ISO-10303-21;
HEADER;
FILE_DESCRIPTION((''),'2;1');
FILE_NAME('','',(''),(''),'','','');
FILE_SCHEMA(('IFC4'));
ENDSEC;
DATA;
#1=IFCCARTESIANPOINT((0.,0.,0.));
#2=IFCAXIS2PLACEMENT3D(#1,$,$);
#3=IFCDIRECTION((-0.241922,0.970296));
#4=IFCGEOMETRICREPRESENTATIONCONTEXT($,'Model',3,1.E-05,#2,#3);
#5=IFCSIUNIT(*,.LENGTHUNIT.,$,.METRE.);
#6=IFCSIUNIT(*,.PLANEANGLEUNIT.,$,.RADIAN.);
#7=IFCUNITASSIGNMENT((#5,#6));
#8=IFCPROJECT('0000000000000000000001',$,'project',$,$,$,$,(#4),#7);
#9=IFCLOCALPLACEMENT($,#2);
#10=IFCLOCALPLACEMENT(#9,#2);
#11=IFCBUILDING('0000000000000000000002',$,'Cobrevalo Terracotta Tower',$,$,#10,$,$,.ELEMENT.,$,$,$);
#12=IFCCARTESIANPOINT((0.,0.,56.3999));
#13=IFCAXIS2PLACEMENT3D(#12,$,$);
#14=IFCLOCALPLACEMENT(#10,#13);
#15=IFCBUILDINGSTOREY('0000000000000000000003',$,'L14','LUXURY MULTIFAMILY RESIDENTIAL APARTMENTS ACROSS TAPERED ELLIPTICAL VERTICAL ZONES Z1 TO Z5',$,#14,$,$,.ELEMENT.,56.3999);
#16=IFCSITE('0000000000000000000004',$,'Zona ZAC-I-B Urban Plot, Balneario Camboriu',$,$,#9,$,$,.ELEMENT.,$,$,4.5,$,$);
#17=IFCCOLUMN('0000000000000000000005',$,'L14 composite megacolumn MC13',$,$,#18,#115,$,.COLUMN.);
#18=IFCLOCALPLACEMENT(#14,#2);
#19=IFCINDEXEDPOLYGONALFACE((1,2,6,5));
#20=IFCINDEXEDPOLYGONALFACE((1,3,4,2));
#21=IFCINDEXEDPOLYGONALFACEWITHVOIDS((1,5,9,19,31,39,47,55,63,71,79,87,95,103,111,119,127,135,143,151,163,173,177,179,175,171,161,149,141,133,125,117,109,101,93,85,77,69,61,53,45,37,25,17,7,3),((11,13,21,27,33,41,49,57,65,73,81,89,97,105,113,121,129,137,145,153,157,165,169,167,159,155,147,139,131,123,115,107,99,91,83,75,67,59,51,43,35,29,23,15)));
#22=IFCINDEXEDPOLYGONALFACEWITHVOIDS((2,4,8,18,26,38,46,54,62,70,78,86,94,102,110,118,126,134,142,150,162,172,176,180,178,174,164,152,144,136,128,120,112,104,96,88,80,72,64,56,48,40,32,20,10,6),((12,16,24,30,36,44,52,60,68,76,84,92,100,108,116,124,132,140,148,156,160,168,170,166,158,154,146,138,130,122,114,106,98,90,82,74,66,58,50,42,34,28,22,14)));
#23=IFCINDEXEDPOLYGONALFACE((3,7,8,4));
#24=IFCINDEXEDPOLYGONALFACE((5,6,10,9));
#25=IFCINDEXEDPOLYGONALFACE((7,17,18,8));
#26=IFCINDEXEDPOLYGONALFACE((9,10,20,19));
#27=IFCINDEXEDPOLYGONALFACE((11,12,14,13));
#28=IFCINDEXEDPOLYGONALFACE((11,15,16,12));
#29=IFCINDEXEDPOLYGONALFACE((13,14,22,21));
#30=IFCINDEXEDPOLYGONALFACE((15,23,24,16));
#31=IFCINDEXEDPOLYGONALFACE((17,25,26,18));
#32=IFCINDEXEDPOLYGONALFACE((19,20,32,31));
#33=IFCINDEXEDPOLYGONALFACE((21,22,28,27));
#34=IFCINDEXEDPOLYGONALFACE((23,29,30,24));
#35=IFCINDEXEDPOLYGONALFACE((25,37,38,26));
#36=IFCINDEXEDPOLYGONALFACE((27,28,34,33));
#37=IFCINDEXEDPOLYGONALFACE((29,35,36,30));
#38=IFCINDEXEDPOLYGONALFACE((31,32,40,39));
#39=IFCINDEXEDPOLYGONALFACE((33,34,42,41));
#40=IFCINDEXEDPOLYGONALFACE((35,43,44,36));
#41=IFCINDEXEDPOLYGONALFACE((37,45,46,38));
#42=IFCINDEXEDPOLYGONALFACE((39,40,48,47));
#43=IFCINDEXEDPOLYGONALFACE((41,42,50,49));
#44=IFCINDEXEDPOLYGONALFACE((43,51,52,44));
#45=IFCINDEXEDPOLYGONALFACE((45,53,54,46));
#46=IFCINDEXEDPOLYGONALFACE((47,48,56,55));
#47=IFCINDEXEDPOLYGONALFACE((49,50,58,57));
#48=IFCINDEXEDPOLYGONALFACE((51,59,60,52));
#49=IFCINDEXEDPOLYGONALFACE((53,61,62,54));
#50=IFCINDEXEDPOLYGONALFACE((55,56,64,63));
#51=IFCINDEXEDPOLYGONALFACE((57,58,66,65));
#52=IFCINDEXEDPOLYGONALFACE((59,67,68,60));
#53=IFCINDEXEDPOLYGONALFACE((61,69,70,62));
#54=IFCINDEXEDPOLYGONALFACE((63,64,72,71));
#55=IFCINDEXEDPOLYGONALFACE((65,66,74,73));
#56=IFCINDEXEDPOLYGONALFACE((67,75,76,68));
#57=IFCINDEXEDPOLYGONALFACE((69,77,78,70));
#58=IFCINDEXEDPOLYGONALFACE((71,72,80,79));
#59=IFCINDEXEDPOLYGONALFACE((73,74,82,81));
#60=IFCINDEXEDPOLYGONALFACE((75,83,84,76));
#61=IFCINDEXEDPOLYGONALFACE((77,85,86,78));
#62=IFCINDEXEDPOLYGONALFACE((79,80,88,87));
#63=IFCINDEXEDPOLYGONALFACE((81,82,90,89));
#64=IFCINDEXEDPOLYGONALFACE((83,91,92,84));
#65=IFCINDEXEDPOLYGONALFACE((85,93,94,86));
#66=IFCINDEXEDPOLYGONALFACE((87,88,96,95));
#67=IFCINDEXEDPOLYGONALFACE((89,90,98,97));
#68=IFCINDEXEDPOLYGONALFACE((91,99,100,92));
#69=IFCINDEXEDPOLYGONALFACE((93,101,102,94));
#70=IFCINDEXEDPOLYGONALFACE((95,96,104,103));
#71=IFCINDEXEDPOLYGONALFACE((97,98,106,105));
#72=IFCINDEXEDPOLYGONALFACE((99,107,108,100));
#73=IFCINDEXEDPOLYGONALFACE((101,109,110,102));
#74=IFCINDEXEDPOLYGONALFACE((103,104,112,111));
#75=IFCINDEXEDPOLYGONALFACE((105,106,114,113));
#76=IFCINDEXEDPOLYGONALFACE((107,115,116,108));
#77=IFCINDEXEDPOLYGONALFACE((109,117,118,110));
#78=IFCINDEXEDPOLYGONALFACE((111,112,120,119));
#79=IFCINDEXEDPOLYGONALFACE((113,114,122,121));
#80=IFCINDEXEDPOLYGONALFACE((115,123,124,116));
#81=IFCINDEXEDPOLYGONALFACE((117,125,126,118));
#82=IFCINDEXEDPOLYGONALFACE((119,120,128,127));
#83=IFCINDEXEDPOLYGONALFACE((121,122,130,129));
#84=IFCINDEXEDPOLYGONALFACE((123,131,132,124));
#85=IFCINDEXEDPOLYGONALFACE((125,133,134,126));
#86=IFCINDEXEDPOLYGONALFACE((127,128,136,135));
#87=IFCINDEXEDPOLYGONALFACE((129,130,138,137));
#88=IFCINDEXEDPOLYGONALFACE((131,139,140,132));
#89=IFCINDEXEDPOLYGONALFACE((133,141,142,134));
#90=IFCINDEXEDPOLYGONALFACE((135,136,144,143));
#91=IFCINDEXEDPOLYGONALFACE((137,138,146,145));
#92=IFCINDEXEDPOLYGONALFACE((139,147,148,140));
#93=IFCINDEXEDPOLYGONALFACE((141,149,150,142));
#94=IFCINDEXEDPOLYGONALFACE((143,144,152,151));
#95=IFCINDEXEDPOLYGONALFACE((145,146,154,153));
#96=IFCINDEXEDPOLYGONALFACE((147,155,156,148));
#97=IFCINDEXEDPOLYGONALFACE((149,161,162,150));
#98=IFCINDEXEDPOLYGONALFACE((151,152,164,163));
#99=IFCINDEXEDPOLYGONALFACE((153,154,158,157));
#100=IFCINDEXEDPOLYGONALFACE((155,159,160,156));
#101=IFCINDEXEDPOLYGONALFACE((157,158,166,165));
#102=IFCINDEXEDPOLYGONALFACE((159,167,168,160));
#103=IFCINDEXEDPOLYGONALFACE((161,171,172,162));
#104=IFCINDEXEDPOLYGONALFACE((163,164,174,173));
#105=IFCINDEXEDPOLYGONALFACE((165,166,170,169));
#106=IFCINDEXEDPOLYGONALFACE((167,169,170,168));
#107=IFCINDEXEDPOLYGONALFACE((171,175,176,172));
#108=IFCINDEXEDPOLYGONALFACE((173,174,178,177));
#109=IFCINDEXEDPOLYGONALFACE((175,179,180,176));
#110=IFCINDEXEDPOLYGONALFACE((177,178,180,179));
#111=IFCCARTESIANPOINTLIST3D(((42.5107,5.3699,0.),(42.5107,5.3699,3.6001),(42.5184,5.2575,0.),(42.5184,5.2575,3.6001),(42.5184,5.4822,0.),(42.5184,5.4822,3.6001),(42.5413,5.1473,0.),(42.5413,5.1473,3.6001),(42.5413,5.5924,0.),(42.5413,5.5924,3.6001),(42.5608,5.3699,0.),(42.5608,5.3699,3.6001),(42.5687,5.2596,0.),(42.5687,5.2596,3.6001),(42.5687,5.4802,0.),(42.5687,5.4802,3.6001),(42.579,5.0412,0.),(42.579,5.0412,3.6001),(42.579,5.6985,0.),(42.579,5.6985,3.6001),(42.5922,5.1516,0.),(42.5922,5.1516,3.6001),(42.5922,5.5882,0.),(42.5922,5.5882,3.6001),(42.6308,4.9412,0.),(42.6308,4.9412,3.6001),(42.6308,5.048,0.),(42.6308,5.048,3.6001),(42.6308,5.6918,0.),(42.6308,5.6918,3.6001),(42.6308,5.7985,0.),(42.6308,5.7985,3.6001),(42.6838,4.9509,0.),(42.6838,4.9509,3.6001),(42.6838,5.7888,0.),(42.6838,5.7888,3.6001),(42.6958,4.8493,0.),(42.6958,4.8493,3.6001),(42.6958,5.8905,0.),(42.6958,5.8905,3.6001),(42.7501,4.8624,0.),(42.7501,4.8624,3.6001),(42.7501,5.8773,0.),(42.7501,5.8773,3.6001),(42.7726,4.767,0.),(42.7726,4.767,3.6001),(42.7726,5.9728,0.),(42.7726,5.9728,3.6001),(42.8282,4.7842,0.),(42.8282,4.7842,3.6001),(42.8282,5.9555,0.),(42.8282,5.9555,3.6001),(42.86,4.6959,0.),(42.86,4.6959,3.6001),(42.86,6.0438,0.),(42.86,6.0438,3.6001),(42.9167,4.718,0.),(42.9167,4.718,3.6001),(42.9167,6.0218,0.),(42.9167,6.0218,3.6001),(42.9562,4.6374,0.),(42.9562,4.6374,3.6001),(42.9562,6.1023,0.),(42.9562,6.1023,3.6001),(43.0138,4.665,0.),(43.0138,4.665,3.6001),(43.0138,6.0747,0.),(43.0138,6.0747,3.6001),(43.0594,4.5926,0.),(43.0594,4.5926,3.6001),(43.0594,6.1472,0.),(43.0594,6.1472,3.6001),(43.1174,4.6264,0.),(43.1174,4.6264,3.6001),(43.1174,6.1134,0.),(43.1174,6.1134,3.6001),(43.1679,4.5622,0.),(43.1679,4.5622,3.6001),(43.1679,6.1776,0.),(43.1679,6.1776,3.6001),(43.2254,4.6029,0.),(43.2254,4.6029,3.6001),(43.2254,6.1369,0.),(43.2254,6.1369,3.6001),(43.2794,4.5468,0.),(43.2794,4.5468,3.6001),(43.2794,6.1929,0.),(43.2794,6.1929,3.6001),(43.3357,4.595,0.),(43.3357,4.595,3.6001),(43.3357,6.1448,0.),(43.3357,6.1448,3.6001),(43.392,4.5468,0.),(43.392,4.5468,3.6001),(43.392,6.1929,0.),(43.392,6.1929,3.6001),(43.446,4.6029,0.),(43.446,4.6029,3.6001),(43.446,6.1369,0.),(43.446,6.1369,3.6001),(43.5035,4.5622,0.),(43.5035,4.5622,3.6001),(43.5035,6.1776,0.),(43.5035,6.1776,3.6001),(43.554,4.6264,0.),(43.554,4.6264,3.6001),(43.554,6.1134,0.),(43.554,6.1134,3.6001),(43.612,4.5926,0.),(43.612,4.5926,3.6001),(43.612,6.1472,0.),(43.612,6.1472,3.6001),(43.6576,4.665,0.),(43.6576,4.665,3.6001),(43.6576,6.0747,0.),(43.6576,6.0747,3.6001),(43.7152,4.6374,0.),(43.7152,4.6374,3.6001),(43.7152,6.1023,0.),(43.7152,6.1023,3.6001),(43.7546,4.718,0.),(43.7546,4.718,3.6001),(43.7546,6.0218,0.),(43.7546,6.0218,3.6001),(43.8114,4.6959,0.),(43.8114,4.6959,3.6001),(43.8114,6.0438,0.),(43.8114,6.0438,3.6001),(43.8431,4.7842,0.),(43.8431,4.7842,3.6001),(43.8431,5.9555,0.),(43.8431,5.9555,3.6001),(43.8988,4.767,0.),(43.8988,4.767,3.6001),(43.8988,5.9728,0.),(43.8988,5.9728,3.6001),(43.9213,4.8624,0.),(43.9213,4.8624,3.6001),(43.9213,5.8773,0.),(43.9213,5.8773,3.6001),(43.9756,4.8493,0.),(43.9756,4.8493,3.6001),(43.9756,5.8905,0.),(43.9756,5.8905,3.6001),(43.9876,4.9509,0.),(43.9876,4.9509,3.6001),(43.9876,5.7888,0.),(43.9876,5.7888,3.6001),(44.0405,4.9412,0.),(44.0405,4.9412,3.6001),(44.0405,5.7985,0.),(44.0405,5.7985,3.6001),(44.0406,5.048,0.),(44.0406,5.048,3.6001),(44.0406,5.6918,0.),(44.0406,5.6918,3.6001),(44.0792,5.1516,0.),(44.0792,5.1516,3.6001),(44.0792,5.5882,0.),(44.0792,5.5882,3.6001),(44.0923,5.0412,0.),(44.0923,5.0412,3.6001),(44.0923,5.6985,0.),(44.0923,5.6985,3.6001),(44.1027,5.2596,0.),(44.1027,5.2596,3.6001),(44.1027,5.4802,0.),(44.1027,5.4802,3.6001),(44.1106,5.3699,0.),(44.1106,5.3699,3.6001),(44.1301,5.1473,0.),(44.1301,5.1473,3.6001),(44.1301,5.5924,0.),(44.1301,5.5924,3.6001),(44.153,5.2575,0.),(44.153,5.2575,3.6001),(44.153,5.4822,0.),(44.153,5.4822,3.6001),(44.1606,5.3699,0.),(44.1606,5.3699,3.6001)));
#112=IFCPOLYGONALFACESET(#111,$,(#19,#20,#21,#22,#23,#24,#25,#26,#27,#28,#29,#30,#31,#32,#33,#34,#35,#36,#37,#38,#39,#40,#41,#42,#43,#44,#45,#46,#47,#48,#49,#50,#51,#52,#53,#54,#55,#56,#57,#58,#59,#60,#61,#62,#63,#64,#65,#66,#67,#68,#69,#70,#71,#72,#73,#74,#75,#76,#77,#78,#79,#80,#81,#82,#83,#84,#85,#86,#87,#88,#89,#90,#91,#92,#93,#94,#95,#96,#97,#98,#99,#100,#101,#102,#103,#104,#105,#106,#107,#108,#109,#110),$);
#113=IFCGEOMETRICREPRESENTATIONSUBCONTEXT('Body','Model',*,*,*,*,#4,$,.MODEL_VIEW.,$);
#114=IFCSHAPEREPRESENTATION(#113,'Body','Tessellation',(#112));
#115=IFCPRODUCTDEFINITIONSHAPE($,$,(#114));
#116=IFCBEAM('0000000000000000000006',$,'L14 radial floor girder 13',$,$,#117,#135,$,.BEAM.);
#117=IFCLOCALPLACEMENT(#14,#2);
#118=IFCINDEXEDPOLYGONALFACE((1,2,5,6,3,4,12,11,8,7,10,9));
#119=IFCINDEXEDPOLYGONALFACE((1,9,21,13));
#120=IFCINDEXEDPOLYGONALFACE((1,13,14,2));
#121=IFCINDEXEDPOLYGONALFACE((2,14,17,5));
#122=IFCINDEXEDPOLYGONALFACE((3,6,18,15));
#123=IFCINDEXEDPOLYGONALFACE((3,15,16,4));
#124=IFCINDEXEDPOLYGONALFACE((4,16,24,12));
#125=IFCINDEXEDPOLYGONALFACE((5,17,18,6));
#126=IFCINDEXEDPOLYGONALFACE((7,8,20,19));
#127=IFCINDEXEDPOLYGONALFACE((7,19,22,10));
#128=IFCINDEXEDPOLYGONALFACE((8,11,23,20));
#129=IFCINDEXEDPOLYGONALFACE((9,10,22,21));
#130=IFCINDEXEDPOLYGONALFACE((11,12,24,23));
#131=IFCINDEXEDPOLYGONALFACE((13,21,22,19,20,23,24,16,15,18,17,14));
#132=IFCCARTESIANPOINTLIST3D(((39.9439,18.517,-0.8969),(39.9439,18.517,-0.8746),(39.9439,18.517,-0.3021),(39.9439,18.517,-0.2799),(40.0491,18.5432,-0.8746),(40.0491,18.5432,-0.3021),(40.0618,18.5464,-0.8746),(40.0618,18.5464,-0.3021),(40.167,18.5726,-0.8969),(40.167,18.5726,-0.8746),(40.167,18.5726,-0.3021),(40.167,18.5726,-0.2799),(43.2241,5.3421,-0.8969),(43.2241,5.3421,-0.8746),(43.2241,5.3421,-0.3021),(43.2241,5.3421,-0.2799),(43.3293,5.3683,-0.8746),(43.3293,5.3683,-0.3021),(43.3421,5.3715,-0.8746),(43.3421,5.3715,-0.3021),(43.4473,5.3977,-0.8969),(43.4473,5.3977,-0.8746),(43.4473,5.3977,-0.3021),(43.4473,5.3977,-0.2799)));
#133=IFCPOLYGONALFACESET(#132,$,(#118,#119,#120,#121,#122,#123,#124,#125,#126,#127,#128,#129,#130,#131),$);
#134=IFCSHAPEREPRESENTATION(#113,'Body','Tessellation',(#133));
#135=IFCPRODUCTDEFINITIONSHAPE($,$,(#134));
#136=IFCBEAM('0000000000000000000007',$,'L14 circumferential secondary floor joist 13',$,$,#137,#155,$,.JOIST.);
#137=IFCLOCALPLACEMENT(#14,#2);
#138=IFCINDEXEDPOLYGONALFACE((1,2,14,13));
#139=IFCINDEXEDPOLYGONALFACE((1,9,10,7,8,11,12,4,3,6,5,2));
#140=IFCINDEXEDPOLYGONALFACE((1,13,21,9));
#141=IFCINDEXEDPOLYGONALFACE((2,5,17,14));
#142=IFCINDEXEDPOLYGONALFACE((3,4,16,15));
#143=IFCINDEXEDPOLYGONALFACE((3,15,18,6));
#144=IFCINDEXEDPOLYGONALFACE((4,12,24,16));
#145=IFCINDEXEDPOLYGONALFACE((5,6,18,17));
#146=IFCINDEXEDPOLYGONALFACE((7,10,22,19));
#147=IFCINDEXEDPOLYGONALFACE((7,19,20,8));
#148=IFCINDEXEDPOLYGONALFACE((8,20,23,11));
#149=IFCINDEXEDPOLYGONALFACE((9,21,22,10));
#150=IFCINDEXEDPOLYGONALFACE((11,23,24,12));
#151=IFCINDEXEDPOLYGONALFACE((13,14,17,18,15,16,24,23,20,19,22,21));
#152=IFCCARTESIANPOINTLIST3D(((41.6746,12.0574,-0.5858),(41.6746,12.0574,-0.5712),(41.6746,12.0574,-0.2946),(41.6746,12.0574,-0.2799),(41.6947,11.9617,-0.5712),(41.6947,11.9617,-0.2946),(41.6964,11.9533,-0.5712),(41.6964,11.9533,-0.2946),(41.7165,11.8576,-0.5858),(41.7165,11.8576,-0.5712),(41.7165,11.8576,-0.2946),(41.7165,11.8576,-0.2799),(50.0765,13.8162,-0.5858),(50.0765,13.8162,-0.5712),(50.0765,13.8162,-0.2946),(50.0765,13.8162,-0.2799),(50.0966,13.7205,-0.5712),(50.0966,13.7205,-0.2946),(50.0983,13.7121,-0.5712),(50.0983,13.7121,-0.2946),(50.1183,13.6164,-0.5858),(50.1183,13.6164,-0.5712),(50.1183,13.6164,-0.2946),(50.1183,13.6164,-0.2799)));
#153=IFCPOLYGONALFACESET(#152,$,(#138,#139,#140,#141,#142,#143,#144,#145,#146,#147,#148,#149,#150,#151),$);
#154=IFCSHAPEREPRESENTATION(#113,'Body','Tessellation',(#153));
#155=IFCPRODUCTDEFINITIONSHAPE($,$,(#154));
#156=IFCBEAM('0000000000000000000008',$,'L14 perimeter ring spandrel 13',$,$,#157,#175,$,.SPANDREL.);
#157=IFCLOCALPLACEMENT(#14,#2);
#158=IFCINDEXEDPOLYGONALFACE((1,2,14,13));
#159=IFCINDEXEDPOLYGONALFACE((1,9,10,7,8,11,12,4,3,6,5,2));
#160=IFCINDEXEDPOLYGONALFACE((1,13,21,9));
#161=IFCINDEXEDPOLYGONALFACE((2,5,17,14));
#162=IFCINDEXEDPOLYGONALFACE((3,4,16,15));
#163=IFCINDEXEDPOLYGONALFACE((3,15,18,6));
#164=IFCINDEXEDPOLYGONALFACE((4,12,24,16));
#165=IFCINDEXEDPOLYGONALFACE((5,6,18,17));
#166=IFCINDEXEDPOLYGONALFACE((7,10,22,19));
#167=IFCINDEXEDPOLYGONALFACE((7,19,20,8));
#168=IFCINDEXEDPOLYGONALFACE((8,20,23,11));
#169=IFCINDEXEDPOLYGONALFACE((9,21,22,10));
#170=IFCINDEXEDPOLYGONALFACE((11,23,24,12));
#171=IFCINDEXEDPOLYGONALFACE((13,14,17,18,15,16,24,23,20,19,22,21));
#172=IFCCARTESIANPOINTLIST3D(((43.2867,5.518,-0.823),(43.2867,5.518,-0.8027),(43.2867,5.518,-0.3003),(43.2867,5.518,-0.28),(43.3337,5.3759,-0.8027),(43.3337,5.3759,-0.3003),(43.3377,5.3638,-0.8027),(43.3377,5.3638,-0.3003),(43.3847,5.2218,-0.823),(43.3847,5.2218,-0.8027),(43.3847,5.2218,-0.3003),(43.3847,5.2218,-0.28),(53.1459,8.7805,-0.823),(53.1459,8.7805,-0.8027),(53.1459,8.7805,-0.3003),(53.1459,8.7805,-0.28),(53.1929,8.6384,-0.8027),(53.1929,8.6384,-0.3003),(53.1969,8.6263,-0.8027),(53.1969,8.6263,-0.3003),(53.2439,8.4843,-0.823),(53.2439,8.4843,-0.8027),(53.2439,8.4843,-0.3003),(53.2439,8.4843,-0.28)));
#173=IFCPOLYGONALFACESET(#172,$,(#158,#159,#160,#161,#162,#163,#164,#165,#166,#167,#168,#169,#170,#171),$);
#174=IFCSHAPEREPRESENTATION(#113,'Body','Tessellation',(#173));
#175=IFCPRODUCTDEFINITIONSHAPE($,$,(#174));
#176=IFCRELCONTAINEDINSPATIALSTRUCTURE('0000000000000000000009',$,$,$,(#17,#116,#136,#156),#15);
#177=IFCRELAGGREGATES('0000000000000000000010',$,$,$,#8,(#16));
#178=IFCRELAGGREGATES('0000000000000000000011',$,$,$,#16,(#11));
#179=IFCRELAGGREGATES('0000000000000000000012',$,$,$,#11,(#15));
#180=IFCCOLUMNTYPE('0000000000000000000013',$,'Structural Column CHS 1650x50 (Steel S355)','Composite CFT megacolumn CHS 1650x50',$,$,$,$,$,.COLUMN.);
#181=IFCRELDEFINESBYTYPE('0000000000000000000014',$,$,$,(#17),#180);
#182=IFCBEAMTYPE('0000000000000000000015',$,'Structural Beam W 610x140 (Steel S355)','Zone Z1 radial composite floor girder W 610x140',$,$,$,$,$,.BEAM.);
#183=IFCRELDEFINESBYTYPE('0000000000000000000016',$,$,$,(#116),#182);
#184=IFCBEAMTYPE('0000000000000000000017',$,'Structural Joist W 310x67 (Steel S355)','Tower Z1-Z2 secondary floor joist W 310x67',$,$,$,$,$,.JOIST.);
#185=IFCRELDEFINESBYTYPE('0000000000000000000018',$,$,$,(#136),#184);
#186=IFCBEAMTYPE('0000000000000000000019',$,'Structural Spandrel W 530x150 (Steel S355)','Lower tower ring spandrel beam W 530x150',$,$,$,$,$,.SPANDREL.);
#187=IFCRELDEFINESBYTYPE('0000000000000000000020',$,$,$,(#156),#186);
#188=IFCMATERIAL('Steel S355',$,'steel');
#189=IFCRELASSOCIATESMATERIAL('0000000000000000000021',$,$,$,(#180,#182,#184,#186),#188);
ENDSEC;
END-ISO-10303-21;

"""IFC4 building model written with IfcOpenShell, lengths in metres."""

from ifc_helpers import new_model, si_unit, direction, frame, origin, origin_2d, place, context, subcontext, project, spatial, hollow_circle, i_section, extrude, material, material_profile, profile_set, type_object, element, save


model = new_model("IFC4")

# Units and contexts
model_context = context("Model", 3, precision=1e-05, world=origin(), true_north=direction((-0.241922, 0.970296)))
body_context = subcontext(model_context, "Body", "Model", "MODEL_VIEW")
ifc_project = project(units=[si_unit("LENGTHUNIT", "METRE"), si_unit("PLANEANGLEUNIT", "RADIAN")], contexts=[model_context])

# Site, building, storey
site_placement = place(None, origin())
site = spatial("IfcSite", under=ifc_project, at=site_placement, Name="Zona ZAC-I-B Urban Plot, Balneario Camboriu", CompositionType="ELEMENT", RefElevation=4.5)
building_placement = place(site_placement, origin())
building = spatial("IfcBuilding", under=site, at=building_placement, Name="Cobrevalo Terracotta Tower", CompositionType="ELEMENT")
storey_placement = place(building_placement, frame((0.0, 0.0, 56.3999)))
storey = spatial("IfcBuildingStorey", under=building, at=storey_placement, Name="L14", Description="LUXURY MULTIFAMILY RESIDENTIAL APARTMENTS ACROSS TAPERED ELLIPTICAL VERTICAL ZONES Z1 TO Z5", CompositionType="ELEMENT", Elevation=56.3999)

# Column
ifc_material_1 = material(Name="Steel S355", Category="steel")
ifc_material_profile_1 = material_profile(ifc_material_1, hollow_circle(Radius=0.825, WallThickness=0.05, at=origin_2d()), Name="CHS 1650x50")
ifc_profile_set_1 = profile_set([ifc_material_profile_1], Name="Steel S355")
column_type = type_object("IfcColumnType", Name="Structural Column CHS 1650x50 (Steel S355)", Description="Composite CFT megacolumn CHS 1650x50", PredefinedType="COLUMN", material=ifc_profile_set_1)
column_placement = place(storey_placement, frame((43.3357, 5.3699, 0.0), z_axis=(0.0, 0.0, 1.0), x_axis=(1.0, 0.0, 0.0)))
element("IfcColumn", 1, at=column_placement, inside=storey, type_object=column_type, Name="L14 composite megacolumn MC13", PredefinedType="COLUMN", context=body_context, shape_type="SweptSolid", body=[
    extrude(hollow_circle(Radius=0.825, WallThickness=0.05, at=origin_2d()), origin(), (0.0, 0.0, 1.0), 3.6001),
])

# Beams
ifc_material_profile_2 = material_profile(ifc_material_1, i_section(OverallWidth=0.23, OverallDepth=0.6169, WebThickness=0.0132, FlangeThickness=0.0222, at=origin_2d()), Name="W 610x140")
ifc_profile_set_2 = profile_set([ifc_material_profile_2], Name="Steel S355")
beam_type_1 = type_object("IfcBeamType", Name="Structural Beam W 610x140 (Steel S355)", Description="Zone Z1 radial composite floor girder W 610x140", PredefinedType="BEAM", material=ifc_profile_set_2)
beam_1_placement = place(storey_placement, frame((43.3357, 5.3699, -0.5884), z_axis=(-0.2416, 0.970376, 0.0), x_axis=(-0.970376, -0.2416, 0.0)))
element("IfcBeam", 2, at=beam_1_placement, inside=storey, type_object=beam_type_1, Name="L14 radial floor girder 13", PredefinedType="BEAM", context=body_context, shape_type="SweptSolid", body=[
    extrude(i_section(OverallWidth=0.23, OverallDepth=0.6169, WebThickness=0.0132, FlangeThickness=0.0222, at=origin_2d()), origin(), (0.0, 0.0, 1.0), 13.5771),
])
ifc_material_profile_3 = material_profile(ifc_material_1, i_section(OverallWidth=0.2041, OverallDepth=0.3059, WebThickness=0.0085, FlangeThickness=0.0146, at=origin_2d()), Name="W 310x67")
ifc_profile_set_3 = profile_set([ifc_material_profile_3], Name="Steel S355")
beam_type_2 = type_object("IfcBeamType", Name="Structural Joist W 310x67 (Steel S355)", Description="Tower Z1-Z2 secondary floor joist W 310x67", PredefinedType="JOIST", material=ifc_profile_set_3)
beam_2_placement = place(storey_placement, frame((41.6956, 11.9575, -0.4329), z_axis=(0.978785, 0.204892, 0.0), x_axis=(-0.204892, 0.978785, 0.0)))
element("IfcBeam", 3, at=beam_2_placement, inside=storey, type_object=beam_type_2, Name="L14 circumferential secondary floor joist 13", PredefinedType="JOIST", context=body_context, shape_type="SweptSolid", body=[
    extrude(i_section(OverallWidth=0.2041, OverallDepth=0.3059, WebThickness=0.0085, FlangeThickness=0.0146, at=origin_2d()), origin(), (0.0, 0.0, 1.0), 8.584),
])
ifc_material_profile_4 = material_profile(ifc_material_1, i_section(OverallWidth=0.312, OverallDepth=0.543, WebThickness=0.0127, FlangeThickness=0.0203, at=origin_2d()), Name="W 530x150")
ifc_profile_set_4 = profile_set([ifc_material_profile_4], Name="Steel S355")
beam_type_3 = type_object("IfcBeamType", Name="Structural Spandrel W 530x150 (Steel S355)", Description="Lower tower ring spandrel beam W 530x150", PredefinedType="SPANDREL", material=ifc_profile_set_4)
beam_3_placement = place(storey_placement, frame((43.3357, 5.3699, -0.5515), z_axis=(0.949372, 0.314153, 0.0), x_axis=(-0.314153, 0.949372, 0.0)))
element("IfcBeam", 4, at=beam_3_placement, inside=storey, type_object=beam_type_3, Name="L14 perimeter ring spandrel 13", PredefinedType="SPANDREL", context=body_context, shape_type="SweptSolid", body=[
    extrude(i_section(OverallWidth=0.312, OverallDepth=0.543, WebThickness=0.0127, FlangeThickness=0.0203, at=origin_2d()), origin(), (0.0, 0.0, 1.0), 10.385),
])

save(model, "model.ifc")
